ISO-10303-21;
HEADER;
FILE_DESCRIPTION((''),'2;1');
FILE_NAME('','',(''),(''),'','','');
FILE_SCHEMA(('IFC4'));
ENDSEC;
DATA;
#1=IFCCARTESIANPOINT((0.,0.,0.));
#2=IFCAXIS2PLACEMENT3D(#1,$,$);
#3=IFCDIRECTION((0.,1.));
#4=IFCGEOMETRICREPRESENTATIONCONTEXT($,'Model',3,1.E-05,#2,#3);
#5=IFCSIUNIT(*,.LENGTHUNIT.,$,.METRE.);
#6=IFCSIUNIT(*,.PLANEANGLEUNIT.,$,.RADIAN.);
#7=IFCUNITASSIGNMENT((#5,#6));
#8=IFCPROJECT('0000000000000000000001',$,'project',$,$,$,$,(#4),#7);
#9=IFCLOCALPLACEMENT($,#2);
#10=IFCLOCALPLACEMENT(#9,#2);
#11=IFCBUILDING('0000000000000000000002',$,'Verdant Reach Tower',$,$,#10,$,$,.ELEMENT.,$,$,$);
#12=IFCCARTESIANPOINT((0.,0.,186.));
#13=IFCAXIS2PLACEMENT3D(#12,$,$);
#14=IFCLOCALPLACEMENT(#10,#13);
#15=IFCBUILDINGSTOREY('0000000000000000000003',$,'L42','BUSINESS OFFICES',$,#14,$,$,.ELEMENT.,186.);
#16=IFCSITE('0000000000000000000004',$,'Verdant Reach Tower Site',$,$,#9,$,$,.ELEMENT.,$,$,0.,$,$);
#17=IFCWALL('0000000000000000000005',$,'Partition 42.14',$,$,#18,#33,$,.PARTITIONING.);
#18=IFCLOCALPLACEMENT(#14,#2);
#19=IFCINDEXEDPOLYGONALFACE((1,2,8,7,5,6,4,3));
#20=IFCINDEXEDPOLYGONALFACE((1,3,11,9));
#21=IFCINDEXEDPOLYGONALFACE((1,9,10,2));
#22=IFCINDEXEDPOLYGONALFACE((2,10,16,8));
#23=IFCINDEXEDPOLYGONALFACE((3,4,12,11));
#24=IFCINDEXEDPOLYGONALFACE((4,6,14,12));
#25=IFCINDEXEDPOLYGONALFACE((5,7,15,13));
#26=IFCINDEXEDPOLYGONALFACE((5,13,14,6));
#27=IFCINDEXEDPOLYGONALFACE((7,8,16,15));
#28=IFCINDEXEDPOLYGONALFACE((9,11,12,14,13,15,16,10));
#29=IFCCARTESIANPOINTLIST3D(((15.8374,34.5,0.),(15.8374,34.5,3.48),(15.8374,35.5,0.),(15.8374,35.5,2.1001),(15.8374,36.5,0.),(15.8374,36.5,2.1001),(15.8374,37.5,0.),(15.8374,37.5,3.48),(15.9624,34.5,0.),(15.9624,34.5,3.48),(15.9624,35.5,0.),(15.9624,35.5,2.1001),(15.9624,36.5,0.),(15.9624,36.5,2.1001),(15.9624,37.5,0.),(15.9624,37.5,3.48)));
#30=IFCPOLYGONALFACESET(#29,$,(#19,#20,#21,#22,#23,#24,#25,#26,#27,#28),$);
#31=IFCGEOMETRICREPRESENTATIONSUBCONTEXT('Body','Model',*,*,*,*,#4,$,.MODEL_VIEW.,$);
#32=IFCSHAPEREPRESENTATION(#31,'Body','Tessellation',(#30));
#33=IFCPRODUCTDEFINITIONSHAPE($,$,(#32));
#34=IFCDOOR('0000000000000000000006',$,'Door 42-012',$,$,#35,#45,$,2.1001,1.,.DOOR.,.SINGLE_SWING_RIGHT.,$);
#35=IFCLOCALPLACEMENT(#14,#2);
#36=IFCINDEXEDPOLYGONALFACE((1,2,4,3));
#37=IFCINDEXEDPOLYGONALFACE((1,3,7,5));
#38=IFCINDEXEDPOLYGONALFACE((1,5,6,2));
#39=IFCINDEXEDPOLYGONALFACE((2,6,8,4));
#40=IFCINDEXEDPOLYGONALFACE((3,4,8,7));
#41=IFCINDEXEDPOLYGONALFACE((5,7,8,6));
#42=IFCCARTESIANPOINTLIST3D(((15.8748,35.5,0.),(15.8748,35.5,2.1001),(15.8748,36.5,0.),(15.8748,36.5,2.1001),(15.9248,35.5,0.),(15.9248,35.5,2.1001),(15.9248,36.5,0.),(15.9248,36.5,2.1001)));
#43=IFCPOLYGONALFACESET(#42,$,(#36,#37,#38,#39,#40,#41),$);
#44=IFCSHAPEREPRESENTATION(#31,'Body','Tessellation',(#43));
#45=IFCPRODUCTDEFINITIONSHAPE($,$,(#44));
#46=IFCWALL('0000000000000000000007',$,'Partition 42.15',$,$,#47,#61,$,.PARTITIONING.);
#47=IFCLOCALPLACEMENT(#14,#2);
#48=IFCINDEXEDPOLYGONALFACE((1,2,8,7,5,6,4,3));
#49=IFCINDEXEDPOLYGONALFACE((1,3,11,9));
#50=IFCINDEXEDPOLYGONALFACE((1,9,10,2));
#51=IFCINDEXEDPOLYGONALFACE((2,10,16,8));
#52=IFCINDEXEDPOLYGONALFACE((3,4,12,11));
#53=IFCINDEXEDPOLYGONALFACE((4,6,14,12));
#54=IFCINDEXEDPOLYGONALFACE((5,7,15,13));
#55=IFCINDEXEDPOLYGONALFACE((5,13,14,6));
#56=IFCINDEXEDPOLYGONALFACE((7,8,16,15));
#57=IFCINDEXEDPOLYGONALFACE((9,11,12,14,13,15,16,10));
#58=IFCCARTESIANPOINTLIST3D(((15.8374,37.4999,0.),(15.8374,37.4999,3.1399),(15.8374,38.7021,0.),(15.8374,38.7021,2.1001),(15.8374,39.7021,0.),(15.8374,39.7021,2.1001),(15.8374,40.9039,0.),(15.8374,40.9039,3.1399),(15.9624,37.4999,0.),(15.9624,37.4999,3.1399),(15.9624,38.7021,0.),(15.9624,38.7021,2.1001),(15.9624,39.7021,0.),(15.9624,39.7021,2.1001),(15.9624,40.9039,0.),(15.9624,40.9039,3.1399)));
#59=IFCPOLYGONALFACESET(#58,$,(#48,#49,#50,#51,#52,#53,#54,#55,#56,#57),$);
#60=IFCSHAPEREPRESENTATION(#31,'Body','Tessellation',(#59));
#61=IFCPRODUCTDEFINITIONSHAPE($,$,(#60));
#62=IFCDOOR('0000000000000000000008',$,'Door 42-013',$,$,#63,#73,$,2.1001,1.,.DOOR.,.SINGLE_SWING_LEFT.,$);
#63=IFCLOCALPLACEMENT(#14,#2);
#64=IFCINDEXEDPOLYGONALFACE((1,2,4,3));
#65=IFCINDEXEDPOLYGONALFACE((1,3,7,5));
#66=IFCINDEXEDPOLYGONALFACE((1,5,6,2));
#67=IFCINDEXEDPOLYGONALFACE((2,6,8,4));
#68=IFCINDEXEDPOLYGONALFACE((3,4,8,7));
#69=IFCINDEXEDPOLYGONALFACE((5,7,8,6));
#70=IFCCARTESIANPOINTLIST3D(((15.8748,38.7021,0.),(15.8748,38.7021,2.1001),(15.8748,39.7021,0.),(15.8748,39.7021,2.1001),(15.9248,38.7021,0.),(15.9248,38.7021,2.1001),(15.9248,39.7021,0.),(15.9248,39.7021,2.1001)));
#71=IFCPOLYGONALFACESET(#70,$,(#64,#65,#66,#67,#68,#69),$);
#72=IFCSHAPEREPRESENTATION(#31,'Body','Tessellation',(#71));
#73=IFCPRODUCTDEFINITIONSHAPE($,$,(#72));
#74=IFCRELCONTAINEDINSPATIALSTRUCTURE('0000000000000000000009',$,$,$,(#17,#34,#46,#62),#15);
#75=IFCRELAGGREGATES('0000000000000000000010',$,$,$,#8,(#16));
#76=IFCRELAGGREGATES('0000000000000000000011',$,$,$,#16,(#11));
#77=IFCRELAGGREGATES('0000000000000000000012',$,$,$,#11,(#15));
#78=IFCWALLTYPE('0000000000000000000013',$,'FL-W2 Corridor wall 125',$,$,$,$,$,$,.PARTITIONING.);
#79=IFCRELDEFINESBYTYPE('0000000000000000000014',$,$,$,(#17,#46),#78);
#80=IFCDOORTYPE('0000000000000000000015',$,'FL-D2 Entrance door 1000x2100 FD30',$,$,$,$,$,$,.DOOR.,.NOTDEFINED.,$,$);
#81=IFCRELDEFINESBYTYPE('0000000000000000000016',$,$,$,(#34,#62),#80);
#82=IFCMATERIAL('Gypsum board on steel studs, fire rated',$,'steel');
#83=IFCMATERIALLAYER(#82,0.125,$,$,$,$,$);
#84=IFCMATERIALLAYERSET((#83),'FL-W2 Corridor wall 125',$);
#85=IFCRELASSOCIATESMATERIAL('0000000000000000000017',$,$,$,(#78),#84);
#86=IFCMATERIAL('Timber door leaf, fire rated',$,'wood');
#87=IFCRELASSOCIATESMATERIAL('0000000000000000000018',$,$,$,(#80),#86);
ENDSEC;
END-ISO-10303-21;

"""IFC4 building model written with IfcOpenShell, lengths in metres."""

from ifc_helpers import new_model, si_unit, direction, frame, frame_2d, origin, place, context, subcontext, project, spatial, rectangle, extrude, material, layer, layer_set, type_object, element, fill, save


model = new_model("IFC4")

# Units and contexts
model_context = context("Model", 3, precision=1e-05, world=origin(), true_north=direction((0.0, 1.0)))
body_context = subcontext(model_context, "Body", "Model", "MODEL_VIEW")
ifc_project = project(units=[si_unit("LENGTHUNIT", "METRE"), si_unit("PLANEANGLEUNIT", "RADIAN")], contexts=[model_context])

# Site, building, storey
site_placement = place(None, origin())
site = spatial("IfcSite", under=ifc_project, at=site_placement, Name="Verdant Reach Tower Site", CompositionType="ELEMENT", RefElevation=0.0)
building_placement = place(site_placement, origin())
building = spatial("IfcBuilding", under=site, at=building_placement, Name="Verdant Reach Tower", CompositionType="ELEMENT")
storey_placement = place(building_placement, frame((0.0, 0.0, 186.0)))
storey = spatial("IfcBuildingStorey", under=building, at=storey_placement, Name="L42", Description="BUSINESS OFFICES", CompositionType="ELEMENT", Elevation=186.0)

# Walls, openings, doors
ifc_material_1 = material(Name="Gypsum board on steel studs, fire rated", Category="steel")
ifc_layer_1 = layer(ifc_material_1, 0.125)
ifc_layer_set_1 = layer_set([ifc_layer_1], Name="FL-W2 Corridor wall 125")
wall_type_1 = type_object("IfcWallType", Name="FL-W2 Corridor wall 125", PredefinedType="PARTITIONING", material=ifc_layer_set_1)
wall_1_placement = place(storey_placement, frame((15.8999, 37.5, 0.0), z_axis=(0.0, 0.0, 1.0), x_axis=(0.0, -1.0, 0.0)))
wall_1 = element("IfcWall", 1, at=wall_1_placement, inside=storey, type_object=wall_type_1, Name="Partition 42.14", PredefinedType="PARTITIONING", context=body_context, shape_type="SweptSolid", body=[
    extrude(rectangle(XDim=3.0, YDim=0.125, at=frame_2d((1.5, 0.0))), origin(), (0.0, 0.0, 1.0), 3.48),
])
opening_1_placement = place(wall_1_placement, frame((1.0, 0.0, 0.0)))
opening_1 = element("IfcOpeningElement", 2, at=opening_1_placement, cuts=wall_1, PredefinedType="OPENING", context=body_context, shape_type="SweptSolid", body=[
    extrude(rectangle(XDim=1.0, YDim=2.1001, at=frame_2d((0.5, 1.05))), frame((0.0, 0.0725, 0.0), z_axis=(0.0, -1.0, 0.0), x_axis=(1.0, 0.0, 0.0)), (0.0, 0.0, 1.0), 0.145),
])
ifc_material_2 = material(Name="Timber door leaf, fire rated", Category="wood")
door_type = type_object("IfcDoorType", Name="FL-D2 Entrance door 1000x2100 FD30", OperationType="NOTDEFINED", PredefinedType="DOOR", material=ifc_material_2)
door_1_placement = place(opening_1_placement, origin())
door_1 = element("IfcDoor", 3, at=door_1_placement, inside=storey, type_object=door_type, Name="Door 42-012", OperationType="SINGLE_SWING_RIGHT", OverallHeight=2.1001, OverallWidth=1.0, PredefinedType="DOOR", context=body_context, shape_type="SweptSolid", body=[
    extrude(rectangle(XDim=1.0, YDim=2.1001, at=frame_2d((0.5, 1.05))), frame((0.0, 0.0249, 0.0), z_axis=(0.0, -1.0, 0.0), x_axis=(1.0, 0.0, 0.0)), (0.0, 0.0, 1.0), 0.05),
])
fill(opening_1, door_1)
wall_2_placement = place(storey_placement, frame((15.8999, 40.9041, 0.0), z_axis=(0.0, 0.0, 1.0), x_axis=(0.0, -1.0, 0.0)))
wall_2 = element("IfcWall", 4, at=wall_2_placement, inside=storey, type_object=wall_type_1, Name="Partition 42.15", PredefinedType="PARTITIONING", context=body_context, shape_type="SweptSolid", body=[
    extrude(rectangle(XDim=3.4041, YDim=0.125, at=frame_2d((1.7021, 0.0))), origin(), (0.0, 0.0, 1.0), 3.1399),
])
opening_2_placement = place(wall_2_placement, frame((1.2019, 0.0, 0.0)))
opening_2 = element("IfcOpeningElement", 5, at=opening_2_placement, cuts=wall_2, PredefinedType="OPENING", context=body_context, shape_type="SweptSolid", body=[
    extrude(rectangle(XDim=1.0, YDim=2.1001, at=frame_2d((0.5, 1.05))), frame((0.0, 0.0725, 0.0), z_axis=(0.0, -1.0, 0.0), x_axis=(1.0, 0.0, 0.0)), (0.0, 0.0, 1.0), 0.145),
])
door_2_placement = place(opening_2_placement, origin())
door_2 = element("IfcDoor", 6, at=door_2_placement, inside=storey, type_object=door_type, Name="Door 42-013", OperationType="SINGLE_SWING_LEFT", OverallHeight=2.1001, OverallWidth=1.0, PredefinedType="DOOR", context=body_context, shape_type="SweptSolid", body=[
    extrude(rectangle(XDim=1.0, YDim=2.1001, at=frame_2d((0.5, 1.05))), frame((0.0, 0.0249, 0.0), z_axis=(0.0, -1.0, 0.0), x_axis=(1.0, 0.0, 0.0)), (0.0, 0.0, 1.0), 0.05),
])
fill(opening_2, door_2)

save(model, "model.ifc")
